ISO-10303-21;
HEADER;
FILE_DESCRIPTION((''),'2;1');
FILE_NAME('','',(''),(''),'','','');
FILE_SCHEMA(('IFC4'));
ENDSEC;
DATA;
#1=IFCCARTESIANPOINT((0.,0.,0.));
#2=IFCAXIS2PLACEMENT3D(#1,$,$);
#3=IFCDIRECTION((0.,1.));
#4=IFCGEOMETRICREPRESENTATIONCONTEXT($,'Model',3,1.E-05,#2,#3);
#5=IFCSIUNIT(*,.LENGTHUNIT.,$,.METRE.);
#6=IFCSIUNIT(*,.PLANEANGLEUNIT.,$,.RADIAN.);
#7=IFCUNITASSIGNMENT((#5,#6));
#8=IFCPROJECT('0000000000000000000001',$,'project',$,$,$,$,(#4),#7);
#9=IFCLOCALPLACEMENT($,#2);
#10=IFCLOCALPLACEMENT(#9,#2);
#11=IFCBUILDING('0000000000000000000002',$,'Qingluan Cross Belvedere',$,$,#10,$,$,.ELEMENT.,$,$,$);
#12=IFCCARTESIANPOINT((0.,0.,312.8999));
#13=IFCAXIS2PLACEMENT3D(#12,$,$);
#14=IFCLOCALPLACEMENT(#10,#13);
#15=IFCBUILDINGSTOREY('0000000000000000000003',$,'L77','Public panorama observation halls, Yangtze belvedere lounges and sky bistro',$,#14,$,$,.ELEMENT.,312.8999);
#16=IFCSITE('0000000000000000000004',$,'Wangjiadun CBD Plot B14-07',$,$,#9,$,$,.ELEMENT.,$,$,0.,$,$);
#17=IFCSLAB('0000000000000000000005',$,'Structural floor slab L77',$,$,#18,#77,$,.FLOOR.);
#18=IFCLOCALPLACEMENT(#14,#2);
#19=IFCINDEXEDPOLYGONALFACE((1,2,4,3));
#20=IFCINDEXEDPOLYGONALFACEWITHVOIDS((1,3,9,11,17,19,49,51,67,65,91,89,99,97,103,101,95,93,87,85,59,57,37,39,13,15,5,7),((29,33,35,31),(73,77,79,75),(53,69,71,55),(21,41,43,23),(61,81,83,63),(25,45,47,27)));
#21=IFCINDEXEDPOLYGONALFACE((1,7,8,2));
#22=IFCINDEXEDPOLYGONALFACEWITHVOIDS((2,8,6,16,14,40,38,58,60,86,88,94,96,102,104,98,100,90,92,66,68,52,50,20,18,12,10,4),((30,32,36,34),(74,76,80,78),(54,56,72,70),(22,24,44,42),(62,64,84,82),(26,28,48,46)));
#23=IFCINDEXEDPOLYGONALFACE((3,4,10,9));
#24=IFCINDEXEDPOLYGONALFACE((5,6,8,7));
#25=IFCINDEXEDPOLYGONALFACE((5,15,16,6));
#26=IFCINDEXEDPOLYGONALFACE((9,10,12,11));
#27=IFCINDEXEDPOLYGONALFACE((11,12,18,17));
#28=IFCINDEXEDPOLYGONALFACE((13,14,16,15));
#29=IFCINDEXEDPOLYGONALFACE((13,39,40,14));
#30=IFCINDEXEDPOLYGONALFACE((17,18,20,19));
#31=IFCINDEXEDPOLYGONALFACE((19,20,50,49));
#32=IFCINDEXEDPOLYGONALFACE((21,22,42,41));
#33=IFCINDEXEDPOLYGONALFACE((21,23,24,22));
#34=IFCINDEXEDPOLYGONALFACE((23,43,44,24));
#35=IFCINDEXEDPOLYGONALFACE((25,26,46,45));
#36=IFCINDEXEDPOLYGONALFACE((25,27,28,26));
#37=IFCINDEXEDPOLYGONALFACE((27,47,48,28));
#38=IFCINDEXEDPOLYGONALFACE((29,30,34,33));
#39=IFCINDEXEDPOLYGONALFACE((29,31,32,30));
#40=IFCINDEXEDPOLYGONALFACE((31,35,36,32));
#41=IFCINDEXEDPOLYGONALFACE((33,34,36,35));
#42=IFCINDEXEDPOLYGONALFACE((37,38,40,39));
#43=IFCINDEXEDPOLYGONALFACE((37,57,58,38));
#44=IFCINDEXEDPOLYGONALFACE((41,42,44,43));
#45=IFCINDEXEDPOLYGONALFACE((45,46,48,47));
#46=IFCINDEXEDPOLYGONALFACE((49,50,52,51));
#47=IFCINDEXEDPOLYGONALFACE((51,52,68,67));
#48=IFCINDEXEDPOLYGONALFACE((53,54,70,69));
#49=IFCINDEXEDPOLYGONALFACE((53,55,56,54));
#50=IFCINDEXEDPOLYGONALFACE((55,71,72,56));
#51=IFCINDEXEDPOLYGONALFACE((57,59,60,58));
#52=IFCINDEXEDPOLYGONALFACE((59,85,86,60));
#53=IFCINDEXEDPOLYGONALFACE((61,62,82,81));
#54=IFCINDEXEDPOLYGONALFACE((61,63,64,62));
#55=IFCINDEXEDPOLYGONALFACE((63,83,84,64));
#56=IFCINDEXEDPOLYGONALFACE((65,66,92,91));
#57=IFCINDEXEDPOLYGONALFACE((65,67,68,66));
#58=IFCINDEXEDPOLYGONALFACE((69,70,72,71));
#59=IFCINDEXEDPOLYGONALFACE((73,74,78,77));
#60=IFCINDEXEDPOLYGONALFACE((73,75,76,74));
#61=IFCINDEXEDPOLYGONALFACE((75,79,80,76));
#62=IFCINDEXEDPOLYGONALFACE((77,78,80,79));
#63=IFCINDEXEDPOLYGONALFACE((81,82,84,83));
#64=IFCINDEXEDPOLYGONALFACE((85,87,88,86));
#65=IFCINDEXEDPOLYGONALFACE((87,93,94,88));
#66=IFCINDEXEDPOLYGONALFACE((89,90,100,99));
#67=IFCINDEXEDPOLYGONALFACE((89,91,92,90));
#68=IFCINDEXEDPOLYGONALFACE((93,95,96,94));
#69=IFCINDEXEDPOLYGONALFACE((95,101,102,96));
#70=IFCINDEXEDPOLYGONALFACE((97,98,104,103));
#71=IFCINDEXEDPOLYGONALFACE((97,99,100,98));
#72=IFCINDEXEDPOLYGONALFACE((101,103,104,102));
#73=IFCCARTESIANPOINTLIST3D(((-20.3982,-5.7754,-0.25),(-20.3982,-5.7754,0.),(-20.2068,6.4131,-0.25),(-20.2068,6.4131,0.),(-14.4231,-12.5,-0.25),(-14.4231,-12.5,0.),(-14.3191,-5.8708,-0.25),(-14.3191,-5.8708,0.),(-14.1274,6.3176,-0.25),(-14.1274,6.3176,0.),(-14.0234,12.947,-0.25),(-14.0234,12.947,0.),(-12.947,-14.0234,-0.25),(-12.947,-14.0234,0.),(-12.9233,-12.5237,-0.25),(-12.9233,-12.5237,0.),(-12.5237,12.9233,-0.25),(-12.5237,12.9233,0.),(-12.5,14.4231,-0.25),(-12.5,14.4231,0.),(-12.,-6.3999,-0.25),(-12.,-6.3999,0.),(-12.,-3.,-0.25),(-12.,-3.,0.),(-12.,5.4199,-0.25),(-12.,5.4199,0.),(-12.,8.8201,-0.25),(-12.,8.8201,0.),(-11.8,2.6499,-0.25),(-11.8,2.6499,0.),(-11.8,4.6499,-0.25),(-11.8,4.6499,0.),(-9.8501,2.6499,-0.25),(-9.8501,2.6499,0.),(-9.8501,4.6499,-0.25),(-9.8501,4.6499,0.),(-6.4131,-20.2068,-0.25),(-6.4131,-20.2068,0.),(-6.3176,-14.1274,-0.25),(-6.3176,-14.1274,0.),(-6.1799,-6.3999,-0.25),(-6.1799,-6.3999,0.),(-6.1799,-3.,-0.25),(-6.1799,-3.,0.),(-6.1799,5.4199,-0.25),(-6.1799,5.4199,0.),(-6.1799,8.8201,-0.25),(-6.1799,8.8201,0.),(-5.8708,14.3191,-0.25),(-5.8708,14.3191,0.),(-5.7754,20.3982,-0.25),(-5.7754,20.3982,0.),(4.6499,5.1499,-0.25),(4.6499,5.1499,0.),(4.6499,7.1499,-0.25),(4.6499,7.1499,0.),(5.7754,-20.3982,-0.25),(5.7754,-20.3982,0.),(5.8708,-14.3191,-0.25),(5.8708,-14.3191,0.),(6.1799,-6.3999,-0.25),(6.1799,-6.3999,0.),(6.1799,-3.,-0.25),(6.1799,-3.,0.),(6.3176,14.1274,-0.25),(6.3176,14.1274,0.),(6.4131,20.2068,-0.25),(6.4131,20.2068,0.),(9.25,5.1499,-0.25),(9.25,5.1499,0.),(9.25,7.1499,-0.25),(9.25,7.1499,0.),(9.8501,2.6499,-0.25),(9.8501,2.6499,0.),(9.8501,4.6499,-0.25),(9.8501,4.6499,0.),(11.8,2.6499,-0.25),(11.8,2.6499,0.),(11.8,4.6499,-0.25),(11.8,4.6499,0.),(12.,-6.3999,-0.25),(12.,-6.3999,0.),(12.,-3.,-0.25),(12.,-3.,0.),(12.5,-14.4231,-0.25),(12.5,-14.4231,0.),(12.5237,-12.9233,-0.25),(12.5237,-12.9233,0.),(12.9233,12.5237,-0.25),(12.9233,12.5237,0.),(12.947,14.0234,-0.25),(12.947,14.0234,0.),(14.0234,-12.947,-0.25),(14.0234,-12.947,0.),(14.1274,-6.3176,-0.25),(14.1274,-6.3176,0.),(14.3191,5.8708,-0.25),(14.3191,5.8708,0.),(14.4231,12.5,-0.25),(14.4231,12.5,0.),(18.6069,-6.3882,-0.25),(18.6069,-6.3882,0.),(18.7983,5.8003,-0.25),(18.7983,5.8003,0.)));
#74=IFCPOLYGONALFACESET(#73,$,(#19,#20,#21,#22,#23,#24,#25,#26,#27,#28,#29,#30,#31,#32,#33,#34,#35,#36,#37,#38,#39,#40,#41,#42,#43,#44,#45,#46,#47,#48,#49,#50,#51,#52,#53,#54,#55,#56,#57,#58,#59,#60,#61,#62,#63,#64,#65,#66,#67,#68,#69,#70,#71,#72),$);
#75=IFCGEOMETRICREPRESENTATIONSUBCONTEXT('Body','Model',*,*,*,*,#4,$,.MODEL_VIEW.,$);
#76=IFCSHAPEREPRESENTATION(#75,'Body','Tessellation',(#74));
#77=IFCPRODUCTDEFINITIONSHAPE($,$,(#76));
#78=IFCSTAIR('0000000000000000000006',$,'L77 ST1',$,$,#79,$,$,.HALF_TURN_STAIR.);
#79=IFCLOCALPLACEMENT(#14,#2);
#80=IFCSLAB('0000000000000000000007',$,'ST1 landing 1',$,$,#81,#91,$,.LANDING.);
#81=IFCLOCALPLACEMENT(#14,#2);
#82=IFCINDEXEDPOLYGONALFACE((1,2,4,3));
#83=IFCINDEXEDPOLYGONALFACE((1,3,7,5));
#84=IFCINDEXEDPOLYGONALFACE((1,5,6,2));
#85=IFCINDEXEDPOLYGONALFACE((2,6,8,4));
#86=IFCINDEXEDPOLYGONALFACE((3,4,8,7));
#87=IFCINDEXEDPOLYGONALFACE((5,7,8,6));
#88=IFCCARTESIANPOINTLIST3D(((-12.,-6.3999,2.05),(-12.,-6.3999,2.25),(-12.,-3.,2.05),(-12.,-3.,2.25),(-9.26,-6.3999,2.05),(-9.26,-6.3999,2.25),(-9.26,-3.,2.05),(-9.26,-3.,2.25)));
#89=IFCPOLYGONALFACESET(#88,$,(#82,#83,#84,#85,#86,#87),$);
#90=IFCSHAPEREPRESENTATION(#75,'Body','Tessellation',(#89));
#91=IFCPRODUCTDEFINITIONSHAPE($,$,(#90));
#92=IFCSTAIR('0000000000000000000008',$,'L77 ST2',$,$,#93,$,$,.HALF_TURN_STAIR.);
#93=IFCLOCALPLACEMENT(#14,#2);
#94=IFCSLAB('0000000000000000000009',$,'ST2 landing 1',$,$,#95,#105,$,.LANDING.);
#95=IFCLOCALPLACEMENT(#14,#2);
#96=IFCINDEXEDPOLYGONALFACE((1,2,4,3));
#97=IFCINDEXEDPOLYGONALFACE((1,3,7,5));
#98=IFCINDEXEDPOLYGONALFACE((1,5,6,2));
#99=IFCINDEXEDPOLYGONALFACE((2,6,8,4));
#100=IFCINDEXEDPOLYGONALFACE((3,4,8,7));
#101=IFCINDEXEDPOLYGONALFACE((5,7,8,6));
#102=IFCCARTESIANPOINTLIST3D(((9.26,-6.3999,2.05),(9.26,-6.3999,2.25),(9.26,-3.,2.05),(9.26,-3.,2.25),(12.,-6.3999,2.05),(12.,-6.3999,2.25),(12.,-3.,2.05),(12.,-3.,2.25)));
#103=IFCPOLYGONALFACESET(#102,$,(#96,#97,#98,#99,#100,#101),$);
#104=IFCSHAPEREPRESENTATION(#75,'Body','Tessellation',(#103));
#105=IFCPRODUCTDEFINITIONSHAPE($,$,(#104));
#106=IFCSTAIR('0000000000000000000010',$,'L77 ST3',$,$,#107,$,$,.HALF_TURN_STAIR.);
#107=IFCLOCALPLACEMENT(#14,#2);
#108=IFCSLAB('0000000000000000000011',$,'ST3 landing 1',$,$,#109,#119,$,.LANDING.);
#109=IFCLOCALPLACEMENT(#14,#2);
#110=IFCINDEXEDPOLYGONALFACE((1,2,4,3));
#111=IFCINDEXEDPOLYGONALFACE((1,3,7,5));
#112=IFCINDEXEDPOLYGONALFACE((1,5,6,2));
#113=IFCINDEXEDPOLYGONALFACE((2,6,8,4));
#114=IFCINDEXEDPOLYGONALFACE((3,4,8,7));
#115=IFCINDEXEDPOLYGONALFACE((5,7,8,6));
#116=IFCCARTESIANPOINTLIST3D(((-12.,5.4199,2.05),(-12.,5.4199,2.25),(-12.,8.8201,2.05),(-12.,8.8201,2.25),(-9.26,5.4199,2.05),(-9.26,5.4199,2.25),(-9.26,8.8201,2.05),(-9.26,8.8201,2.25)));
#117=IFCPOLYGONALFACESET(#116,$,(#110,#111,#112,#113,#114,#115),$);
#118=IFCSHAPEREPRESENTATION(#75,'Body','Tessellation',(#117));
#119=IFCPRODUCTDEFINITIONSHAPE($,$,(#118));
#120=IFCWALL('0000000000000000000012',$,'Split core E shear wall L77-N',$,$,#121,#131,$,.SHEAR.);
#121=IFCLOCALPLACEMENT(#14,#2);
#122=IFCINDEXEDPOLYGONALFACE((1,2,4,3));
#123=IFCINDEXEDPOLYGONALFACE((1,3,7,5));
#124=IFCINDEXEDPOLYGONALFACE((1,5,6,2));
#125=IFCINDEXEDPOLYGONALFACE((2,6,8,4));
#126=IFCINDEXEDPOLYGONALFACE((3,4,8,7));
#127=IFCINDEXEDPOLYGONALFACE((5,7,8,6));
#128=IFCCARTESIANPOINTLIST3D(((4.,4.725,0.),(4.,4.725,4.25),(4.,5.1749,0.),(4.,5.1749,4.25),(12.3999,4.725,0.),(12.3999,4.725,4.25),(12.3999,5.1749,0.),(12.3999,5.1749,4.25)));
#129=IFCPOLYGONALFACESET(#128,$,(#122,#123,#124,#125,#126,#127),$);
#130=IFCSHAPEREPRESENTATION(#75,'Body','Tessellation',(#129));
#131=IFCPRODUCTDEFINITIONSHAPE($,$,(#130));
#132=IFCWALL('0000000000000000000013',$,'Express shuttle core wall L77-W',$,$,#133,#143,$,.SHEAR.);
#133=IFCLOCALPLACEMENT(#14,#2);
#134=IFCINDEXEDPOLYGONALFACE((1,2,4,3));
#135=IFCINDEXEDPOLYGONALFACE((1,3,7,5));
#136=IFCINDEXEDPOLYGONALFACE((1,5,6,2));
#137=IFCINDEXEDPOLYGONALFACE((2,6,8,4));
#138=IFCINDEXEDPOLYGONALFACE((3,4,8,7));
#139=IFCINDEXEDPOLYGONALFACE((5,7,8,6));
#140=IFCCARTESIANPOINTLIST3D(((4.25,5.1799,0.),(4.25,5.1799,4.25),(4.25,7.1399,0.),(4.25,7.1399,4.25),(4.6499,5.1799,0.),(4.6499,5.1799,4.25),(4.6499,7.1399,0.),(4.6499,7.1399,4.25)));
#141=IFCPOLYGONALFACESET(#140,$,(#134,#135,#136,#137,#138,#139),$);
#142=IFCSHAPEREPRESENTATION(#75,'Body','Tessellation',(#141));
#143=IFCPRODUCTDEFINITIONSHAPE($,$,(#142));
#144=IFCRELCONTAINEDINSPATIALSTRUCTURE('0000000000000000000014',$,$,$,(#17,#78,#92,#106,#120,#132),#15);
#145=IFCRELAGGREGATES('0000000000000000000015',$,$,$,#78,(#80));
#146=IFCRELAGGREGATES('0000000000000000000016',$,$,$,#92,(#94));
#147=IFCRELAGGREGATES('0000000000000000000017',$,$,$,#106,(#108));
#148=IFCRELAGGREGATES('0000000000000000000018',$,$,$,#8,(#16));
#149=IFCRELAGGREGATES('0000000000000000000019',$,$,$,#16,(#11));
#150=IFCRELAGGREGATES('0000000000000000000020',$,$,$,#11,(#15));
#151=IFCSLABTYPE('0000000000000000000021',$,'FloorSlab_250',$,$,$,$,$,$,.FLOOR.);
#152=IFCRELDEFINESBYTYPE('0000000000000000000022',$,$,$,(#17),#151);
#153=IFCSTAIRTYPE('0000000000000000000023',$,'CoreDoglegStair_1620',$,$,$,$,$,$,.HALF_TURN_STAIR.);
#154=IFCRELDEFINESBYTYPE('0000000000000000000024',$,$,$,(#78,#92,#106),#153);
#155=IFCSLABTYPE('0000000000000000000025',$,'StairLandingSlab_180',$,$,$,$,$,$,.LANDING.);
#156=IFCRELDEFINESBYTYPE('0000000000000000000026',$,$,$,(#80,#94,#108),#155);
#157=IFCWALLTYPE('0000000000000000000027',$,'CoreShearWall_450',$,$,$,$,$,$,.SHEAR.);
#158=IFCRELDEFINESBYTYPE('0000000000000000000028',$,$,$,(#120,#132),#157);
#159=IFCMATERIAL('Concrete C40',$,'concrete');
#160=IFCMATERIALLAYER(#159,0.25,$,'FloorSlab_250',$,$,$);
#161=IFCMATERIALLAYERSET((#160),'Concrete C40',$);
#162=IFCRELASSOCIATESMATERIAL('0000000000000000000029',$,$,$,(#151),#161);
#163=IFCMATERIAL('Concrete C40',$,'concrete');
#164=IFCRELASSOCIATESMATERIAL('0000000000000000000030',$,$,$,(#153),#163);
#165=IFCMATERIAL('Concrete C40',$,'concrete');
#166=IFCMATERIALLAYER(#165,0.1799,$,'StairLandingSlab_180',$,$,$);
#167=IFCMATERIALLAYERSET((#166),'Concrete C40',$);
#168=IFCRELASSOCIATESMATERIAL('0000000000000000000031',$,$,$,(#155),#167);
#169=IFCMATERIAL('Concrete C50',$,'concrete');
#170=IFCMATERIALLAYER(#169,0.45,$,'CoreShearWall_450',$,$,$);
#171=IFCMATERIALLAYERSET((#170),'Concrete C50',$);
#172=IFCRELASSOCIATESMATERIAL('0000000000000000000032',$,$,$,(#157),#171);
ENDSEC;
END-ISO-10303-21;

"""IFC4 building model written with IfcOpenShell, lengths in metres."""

from ifc_helpers import new_model, si_unit, direction, frame, frame_2d, origin, place, context, subcontext, project, spatial, polyline, rectangle, outline, extrude, material, layer, layer_set, type_object, element, aggregate, save


model = new_model("IFC4")

# Units and contexts
model_context = context("Model", 3, precision=1e-05, world=origin(), true_north=direction((0.0, 1.0)))
body_context = subcontext(model_context, "Body", "Model", "MODEL_VIEW")
ifc_project = project(units=[si_unit("LENGTHUNIT", "METRE"), si_unit("PLANEANGLEUNIT", "RADIAN")], contexts=[model_context])

# Site, building, storey
site_placement = place(None, origin())
site = spatial("IfcSite", under=ifc_project, at=site_placement, Name="Wangjiadun CBD Plot B14-07", CompositionType="ELEMENT", RefElevation=0.0)
building_placement = place(site_placement, origin())
building = spatial("IfcBuilding", under=site, at=building_placement, Name="Qingluan Cross Belvedere", CompositionType="ELEMENT")
storey_placement = place(building_placement, frame((0.0, 0.0, 312.8999)))
storey = spatial("IfcBuildingStorey", under=building, at=storey_placement, Name="L77", Description="Public panorama observation halls, Yangtze belvedere lounges and sky bistro", CompositionType="ELEMENT", Elevation=312.8999)

# Slab
ifc_material_1 = material(Name="Concrete C40", Category="concrete")
ifc_layer_1 = layer(ifc_material_1, 0.25, Name="FloorSlab_250")
ifc_layer_set_1 = layer_set([ifc_layer_1], Name="Concrete C40")
slab_type_1 = type_object("IfcSlabType", Name="FloorSlab_250", PredefinedType="FLOOR", material=ifc_layer_set_1)
slab_1_placement = place(storey_placement, frame((0.0, 0.0, -0.25)))
element("IfcSlab", 1, at=slab_1_placement, inside=storey, type_object=slab_type_1, Name="Structural floor slab L77", PredefinedType="FLOOR", context=body_context, shape_type="SweptSolid", body=[
    extrude(outline(polyline([(5.7754, -20.3982), (5.8708, -14.3191), (12.5, -14.4231), (12.5237, -12.9233), (14.0234, -12.947), (14.1274, -6.3176), (18.6069, -6.3882), (18.7983, 5.8003), (14.3191, 5.8708), (14.4231, 12.5), (12.9233, 12.5237), (12.947, 14.0234), (6.3176, 14.1274), (6.4131, 20.2068), (-5.7754, 20.3982), (-5.8708, 14.3191), (-12.5, 14.4231), (-12.5237, 12.9233), (-14.0234, 12.947), (-14.1274, 6.3176), (-20.2068, 6.4131), (-20.3982, -5.7754), (-14.3191, -5.8708), (-14.4231, -12.5), (-12.9233, -12.5237), (-12.947, -14.0234), (-6.3176, -14.1274), (-6.4131, -20.2068), (5.7754, -20.3982)]), holes=[polyline([(-12.0, -3.0), (-6.1799, -3.0), (-6.1799, -6.3999), (-12.0, -6.3999), (-12.0, -3.0)]), polyline([(6.1799, -3.0), (12.0, -3.0), (12.0, -6.3999), (6.1799, -6.3999), (6.1799, -3.0)]), polyline([(-12.0, 8.8201), (-6.1799, 8.8201), (-6.1799, 5.4199), (-12.0, 5.4199), (-12.0, 8.8201)]), polyline([(-11.8, 4.6499), (-9.8501, 4.6499), (-9.8501, 2.6499), (-11.8, 2.6499), (-11.8, 4.6499)]), polyline([(9.8501, 4.6499), (11.8, 4.6499), (11.8, 2.6499), (9.8501, 2.6499), (9.8501, 4.6499)]), polyline([(4.6499, 7.1499), (9.25, 7.1499), (9.25, 5.1499), (4.6499, 5.1499), (4.6499, 7.1499)])]), origin(), (0.0, 0.0, 1.0), 0.25),
])

# Stairs, slabs
ifc_material_2 = material(Name="Concrete C40", Category="concrete")
stair_type = type_object("IfcStairType", Name="CoreDoglegStair_1620", PredefinedType="HALF_TURN_STAIR", material=ifc_material_2)
stair_1_placement = place(storey_placement, origin())
stair_1 = element("IfcStair", 2, at=stair_1_placement, inside=storey, type_object=stair_type, Name="L77 ST1", PredefinedType="HALF_TURN_STAIR")
ifc_material_3 = material(Name="Concrete C40", Category="concrete")
ifc_layer_2 = layer(ifc_material_3, 0.1799, Name="StairLandingSlab_180")
ifc_layer_set_2 = layer_set([ifc_layer_2], Name="Concrete C40")
slab_type_2 = type_object("IfcSlabType", Name="StairLandingSlab_180", PredefinedType="LANDING", material=ifc_layer_set_2)
slab_2_placement = place(storey_placement, frame((0.0, 0.0, 2.05)))
slab_2 = element("IfcSlab", 3, at=slab_2_placement, type_object=slab_type_2, Name="ST1 landing 1", PredefinedType="LANDING", context=body_context, shape_type="SweptSolid", body=[
    extrude(outline(polyline([(-9.26, -3.0), (-12.0, -3.0), (-12.0, -6.3999), (-9.26, -6.3999), (-9.26, -3.0)])), origin(), (0.0, 0.0, 1.0), 0.2),
])
aggregate(stair_1, [slab_2])
stair_2_placement = place(storey_placement, origin())
stair_2 = element("IfcStair", 4, at=stair_2_placement, inside=storey, type_object=stair_type, Name="L77 ST2", PredefinedType="HALF_TURN_STAIR")
slab_3_placement = place(storey_placement, frame((0.0, 0.0, 2.05)))
slab_3 = element("IfcSlab", 5, at=slab_3_placement, type_object=slab_type_2, Name="ST2 landing 1", PredefinedType="LANDING", context=body_context, shape_type="SweptSolid", body=[
    extrude(outline(polyline([(9.26, -6.3999), (12.0, -6.3999), (12.0, -3.0), (9.26, -3.0), (9.26, -6.3999)])), origin(), (0.0, 0.0, 1.0), 0.2),
])
aggregate(stair_2, [slab_3])
stair_3_placement = place(storey_placement, origin())
stair_3 = element("IfcStair", 6, at=stair_3_placement, inside=storey, type_object=stair_type, Name="L77 ST3", PredefinedType="HALF_TURN_STAIR")
slab_4_placement = place(storey_placement, frame((0.0, 0.0, 2.05)))
slab_4 = element("IfcSlab", 7, at=slab_4_placement, type_object=slab_type_2, Name="ST3 landing 1", PredefinedType="LANDING", context=body_context, shape_type="SweptSolid", body=[
    extrude(outline(polyline([(-9.26, 8.8201), (-12.0, 8.8201), (-12.0, 5.4199), (-9.26, 5.4199), (-9.26, 8.8201)])), origin(), (0.0, 0.0, 1.0), 0.2),
])
aggregate(stair_3, [slab_4])

# Walls
ifc_material_4 = material(Name="Concrete C50", Category="concrete")
ifc_layer_3 = layer(ifc_material_4, 0.45, Name="CoreShearWall_450")
ifc_layer_set_3 = layer_set([ifc_layer_3], Name="Concrete C50")
wall_type_1 = type_object("IfcWallType", Name="CoreShearWall_450", PredefinedType="SHEAR", material=ifc_layer_set_3)
wall_1_placement = place(storey_placement, frame((4.0, 4.95, 0.0), z_axis=(0.0, 0.0, 1.0), x_axis=(1.0, 0.0, 0.0)))
element("IfcWall", 8, at=wall_1_placement, inside=storey, type_object=wall_type_1, Name="Split core E shear wall L77-N", PredefinedType="SHEAR", context=body_context, shape_type="SweptSolid", body=[
    extrude(rectangle(XDim=8.3999, YDim=0.45, at=frame_2d((4.2, 0.0))), origin(), (0.0, 0.0, 1.0), 4.25),
])
wall_2_placement = place(storey_placement, frame((4.45, 5.1799, 0.0), z_axis=(0.0, 0.0, 1.0), x_axis=(0.0, 1.0, 0.0)))
element("IfcWall", 9, at=wall_2_placement, inside=storey, type_object=wall_type_1, Name="Express shuttle core wall L77-W", PredefinedType="SHEAR", context=body_context, shape_type="SweptSolid", body=[
    extrude(rectangle(XDim=1.96, YDim=0.3999, at=frame_2d((0.98, 0.0))), origin(), (0.0, 0.0, 1.0), 4.25),
])

save(model, "model.ifc")
